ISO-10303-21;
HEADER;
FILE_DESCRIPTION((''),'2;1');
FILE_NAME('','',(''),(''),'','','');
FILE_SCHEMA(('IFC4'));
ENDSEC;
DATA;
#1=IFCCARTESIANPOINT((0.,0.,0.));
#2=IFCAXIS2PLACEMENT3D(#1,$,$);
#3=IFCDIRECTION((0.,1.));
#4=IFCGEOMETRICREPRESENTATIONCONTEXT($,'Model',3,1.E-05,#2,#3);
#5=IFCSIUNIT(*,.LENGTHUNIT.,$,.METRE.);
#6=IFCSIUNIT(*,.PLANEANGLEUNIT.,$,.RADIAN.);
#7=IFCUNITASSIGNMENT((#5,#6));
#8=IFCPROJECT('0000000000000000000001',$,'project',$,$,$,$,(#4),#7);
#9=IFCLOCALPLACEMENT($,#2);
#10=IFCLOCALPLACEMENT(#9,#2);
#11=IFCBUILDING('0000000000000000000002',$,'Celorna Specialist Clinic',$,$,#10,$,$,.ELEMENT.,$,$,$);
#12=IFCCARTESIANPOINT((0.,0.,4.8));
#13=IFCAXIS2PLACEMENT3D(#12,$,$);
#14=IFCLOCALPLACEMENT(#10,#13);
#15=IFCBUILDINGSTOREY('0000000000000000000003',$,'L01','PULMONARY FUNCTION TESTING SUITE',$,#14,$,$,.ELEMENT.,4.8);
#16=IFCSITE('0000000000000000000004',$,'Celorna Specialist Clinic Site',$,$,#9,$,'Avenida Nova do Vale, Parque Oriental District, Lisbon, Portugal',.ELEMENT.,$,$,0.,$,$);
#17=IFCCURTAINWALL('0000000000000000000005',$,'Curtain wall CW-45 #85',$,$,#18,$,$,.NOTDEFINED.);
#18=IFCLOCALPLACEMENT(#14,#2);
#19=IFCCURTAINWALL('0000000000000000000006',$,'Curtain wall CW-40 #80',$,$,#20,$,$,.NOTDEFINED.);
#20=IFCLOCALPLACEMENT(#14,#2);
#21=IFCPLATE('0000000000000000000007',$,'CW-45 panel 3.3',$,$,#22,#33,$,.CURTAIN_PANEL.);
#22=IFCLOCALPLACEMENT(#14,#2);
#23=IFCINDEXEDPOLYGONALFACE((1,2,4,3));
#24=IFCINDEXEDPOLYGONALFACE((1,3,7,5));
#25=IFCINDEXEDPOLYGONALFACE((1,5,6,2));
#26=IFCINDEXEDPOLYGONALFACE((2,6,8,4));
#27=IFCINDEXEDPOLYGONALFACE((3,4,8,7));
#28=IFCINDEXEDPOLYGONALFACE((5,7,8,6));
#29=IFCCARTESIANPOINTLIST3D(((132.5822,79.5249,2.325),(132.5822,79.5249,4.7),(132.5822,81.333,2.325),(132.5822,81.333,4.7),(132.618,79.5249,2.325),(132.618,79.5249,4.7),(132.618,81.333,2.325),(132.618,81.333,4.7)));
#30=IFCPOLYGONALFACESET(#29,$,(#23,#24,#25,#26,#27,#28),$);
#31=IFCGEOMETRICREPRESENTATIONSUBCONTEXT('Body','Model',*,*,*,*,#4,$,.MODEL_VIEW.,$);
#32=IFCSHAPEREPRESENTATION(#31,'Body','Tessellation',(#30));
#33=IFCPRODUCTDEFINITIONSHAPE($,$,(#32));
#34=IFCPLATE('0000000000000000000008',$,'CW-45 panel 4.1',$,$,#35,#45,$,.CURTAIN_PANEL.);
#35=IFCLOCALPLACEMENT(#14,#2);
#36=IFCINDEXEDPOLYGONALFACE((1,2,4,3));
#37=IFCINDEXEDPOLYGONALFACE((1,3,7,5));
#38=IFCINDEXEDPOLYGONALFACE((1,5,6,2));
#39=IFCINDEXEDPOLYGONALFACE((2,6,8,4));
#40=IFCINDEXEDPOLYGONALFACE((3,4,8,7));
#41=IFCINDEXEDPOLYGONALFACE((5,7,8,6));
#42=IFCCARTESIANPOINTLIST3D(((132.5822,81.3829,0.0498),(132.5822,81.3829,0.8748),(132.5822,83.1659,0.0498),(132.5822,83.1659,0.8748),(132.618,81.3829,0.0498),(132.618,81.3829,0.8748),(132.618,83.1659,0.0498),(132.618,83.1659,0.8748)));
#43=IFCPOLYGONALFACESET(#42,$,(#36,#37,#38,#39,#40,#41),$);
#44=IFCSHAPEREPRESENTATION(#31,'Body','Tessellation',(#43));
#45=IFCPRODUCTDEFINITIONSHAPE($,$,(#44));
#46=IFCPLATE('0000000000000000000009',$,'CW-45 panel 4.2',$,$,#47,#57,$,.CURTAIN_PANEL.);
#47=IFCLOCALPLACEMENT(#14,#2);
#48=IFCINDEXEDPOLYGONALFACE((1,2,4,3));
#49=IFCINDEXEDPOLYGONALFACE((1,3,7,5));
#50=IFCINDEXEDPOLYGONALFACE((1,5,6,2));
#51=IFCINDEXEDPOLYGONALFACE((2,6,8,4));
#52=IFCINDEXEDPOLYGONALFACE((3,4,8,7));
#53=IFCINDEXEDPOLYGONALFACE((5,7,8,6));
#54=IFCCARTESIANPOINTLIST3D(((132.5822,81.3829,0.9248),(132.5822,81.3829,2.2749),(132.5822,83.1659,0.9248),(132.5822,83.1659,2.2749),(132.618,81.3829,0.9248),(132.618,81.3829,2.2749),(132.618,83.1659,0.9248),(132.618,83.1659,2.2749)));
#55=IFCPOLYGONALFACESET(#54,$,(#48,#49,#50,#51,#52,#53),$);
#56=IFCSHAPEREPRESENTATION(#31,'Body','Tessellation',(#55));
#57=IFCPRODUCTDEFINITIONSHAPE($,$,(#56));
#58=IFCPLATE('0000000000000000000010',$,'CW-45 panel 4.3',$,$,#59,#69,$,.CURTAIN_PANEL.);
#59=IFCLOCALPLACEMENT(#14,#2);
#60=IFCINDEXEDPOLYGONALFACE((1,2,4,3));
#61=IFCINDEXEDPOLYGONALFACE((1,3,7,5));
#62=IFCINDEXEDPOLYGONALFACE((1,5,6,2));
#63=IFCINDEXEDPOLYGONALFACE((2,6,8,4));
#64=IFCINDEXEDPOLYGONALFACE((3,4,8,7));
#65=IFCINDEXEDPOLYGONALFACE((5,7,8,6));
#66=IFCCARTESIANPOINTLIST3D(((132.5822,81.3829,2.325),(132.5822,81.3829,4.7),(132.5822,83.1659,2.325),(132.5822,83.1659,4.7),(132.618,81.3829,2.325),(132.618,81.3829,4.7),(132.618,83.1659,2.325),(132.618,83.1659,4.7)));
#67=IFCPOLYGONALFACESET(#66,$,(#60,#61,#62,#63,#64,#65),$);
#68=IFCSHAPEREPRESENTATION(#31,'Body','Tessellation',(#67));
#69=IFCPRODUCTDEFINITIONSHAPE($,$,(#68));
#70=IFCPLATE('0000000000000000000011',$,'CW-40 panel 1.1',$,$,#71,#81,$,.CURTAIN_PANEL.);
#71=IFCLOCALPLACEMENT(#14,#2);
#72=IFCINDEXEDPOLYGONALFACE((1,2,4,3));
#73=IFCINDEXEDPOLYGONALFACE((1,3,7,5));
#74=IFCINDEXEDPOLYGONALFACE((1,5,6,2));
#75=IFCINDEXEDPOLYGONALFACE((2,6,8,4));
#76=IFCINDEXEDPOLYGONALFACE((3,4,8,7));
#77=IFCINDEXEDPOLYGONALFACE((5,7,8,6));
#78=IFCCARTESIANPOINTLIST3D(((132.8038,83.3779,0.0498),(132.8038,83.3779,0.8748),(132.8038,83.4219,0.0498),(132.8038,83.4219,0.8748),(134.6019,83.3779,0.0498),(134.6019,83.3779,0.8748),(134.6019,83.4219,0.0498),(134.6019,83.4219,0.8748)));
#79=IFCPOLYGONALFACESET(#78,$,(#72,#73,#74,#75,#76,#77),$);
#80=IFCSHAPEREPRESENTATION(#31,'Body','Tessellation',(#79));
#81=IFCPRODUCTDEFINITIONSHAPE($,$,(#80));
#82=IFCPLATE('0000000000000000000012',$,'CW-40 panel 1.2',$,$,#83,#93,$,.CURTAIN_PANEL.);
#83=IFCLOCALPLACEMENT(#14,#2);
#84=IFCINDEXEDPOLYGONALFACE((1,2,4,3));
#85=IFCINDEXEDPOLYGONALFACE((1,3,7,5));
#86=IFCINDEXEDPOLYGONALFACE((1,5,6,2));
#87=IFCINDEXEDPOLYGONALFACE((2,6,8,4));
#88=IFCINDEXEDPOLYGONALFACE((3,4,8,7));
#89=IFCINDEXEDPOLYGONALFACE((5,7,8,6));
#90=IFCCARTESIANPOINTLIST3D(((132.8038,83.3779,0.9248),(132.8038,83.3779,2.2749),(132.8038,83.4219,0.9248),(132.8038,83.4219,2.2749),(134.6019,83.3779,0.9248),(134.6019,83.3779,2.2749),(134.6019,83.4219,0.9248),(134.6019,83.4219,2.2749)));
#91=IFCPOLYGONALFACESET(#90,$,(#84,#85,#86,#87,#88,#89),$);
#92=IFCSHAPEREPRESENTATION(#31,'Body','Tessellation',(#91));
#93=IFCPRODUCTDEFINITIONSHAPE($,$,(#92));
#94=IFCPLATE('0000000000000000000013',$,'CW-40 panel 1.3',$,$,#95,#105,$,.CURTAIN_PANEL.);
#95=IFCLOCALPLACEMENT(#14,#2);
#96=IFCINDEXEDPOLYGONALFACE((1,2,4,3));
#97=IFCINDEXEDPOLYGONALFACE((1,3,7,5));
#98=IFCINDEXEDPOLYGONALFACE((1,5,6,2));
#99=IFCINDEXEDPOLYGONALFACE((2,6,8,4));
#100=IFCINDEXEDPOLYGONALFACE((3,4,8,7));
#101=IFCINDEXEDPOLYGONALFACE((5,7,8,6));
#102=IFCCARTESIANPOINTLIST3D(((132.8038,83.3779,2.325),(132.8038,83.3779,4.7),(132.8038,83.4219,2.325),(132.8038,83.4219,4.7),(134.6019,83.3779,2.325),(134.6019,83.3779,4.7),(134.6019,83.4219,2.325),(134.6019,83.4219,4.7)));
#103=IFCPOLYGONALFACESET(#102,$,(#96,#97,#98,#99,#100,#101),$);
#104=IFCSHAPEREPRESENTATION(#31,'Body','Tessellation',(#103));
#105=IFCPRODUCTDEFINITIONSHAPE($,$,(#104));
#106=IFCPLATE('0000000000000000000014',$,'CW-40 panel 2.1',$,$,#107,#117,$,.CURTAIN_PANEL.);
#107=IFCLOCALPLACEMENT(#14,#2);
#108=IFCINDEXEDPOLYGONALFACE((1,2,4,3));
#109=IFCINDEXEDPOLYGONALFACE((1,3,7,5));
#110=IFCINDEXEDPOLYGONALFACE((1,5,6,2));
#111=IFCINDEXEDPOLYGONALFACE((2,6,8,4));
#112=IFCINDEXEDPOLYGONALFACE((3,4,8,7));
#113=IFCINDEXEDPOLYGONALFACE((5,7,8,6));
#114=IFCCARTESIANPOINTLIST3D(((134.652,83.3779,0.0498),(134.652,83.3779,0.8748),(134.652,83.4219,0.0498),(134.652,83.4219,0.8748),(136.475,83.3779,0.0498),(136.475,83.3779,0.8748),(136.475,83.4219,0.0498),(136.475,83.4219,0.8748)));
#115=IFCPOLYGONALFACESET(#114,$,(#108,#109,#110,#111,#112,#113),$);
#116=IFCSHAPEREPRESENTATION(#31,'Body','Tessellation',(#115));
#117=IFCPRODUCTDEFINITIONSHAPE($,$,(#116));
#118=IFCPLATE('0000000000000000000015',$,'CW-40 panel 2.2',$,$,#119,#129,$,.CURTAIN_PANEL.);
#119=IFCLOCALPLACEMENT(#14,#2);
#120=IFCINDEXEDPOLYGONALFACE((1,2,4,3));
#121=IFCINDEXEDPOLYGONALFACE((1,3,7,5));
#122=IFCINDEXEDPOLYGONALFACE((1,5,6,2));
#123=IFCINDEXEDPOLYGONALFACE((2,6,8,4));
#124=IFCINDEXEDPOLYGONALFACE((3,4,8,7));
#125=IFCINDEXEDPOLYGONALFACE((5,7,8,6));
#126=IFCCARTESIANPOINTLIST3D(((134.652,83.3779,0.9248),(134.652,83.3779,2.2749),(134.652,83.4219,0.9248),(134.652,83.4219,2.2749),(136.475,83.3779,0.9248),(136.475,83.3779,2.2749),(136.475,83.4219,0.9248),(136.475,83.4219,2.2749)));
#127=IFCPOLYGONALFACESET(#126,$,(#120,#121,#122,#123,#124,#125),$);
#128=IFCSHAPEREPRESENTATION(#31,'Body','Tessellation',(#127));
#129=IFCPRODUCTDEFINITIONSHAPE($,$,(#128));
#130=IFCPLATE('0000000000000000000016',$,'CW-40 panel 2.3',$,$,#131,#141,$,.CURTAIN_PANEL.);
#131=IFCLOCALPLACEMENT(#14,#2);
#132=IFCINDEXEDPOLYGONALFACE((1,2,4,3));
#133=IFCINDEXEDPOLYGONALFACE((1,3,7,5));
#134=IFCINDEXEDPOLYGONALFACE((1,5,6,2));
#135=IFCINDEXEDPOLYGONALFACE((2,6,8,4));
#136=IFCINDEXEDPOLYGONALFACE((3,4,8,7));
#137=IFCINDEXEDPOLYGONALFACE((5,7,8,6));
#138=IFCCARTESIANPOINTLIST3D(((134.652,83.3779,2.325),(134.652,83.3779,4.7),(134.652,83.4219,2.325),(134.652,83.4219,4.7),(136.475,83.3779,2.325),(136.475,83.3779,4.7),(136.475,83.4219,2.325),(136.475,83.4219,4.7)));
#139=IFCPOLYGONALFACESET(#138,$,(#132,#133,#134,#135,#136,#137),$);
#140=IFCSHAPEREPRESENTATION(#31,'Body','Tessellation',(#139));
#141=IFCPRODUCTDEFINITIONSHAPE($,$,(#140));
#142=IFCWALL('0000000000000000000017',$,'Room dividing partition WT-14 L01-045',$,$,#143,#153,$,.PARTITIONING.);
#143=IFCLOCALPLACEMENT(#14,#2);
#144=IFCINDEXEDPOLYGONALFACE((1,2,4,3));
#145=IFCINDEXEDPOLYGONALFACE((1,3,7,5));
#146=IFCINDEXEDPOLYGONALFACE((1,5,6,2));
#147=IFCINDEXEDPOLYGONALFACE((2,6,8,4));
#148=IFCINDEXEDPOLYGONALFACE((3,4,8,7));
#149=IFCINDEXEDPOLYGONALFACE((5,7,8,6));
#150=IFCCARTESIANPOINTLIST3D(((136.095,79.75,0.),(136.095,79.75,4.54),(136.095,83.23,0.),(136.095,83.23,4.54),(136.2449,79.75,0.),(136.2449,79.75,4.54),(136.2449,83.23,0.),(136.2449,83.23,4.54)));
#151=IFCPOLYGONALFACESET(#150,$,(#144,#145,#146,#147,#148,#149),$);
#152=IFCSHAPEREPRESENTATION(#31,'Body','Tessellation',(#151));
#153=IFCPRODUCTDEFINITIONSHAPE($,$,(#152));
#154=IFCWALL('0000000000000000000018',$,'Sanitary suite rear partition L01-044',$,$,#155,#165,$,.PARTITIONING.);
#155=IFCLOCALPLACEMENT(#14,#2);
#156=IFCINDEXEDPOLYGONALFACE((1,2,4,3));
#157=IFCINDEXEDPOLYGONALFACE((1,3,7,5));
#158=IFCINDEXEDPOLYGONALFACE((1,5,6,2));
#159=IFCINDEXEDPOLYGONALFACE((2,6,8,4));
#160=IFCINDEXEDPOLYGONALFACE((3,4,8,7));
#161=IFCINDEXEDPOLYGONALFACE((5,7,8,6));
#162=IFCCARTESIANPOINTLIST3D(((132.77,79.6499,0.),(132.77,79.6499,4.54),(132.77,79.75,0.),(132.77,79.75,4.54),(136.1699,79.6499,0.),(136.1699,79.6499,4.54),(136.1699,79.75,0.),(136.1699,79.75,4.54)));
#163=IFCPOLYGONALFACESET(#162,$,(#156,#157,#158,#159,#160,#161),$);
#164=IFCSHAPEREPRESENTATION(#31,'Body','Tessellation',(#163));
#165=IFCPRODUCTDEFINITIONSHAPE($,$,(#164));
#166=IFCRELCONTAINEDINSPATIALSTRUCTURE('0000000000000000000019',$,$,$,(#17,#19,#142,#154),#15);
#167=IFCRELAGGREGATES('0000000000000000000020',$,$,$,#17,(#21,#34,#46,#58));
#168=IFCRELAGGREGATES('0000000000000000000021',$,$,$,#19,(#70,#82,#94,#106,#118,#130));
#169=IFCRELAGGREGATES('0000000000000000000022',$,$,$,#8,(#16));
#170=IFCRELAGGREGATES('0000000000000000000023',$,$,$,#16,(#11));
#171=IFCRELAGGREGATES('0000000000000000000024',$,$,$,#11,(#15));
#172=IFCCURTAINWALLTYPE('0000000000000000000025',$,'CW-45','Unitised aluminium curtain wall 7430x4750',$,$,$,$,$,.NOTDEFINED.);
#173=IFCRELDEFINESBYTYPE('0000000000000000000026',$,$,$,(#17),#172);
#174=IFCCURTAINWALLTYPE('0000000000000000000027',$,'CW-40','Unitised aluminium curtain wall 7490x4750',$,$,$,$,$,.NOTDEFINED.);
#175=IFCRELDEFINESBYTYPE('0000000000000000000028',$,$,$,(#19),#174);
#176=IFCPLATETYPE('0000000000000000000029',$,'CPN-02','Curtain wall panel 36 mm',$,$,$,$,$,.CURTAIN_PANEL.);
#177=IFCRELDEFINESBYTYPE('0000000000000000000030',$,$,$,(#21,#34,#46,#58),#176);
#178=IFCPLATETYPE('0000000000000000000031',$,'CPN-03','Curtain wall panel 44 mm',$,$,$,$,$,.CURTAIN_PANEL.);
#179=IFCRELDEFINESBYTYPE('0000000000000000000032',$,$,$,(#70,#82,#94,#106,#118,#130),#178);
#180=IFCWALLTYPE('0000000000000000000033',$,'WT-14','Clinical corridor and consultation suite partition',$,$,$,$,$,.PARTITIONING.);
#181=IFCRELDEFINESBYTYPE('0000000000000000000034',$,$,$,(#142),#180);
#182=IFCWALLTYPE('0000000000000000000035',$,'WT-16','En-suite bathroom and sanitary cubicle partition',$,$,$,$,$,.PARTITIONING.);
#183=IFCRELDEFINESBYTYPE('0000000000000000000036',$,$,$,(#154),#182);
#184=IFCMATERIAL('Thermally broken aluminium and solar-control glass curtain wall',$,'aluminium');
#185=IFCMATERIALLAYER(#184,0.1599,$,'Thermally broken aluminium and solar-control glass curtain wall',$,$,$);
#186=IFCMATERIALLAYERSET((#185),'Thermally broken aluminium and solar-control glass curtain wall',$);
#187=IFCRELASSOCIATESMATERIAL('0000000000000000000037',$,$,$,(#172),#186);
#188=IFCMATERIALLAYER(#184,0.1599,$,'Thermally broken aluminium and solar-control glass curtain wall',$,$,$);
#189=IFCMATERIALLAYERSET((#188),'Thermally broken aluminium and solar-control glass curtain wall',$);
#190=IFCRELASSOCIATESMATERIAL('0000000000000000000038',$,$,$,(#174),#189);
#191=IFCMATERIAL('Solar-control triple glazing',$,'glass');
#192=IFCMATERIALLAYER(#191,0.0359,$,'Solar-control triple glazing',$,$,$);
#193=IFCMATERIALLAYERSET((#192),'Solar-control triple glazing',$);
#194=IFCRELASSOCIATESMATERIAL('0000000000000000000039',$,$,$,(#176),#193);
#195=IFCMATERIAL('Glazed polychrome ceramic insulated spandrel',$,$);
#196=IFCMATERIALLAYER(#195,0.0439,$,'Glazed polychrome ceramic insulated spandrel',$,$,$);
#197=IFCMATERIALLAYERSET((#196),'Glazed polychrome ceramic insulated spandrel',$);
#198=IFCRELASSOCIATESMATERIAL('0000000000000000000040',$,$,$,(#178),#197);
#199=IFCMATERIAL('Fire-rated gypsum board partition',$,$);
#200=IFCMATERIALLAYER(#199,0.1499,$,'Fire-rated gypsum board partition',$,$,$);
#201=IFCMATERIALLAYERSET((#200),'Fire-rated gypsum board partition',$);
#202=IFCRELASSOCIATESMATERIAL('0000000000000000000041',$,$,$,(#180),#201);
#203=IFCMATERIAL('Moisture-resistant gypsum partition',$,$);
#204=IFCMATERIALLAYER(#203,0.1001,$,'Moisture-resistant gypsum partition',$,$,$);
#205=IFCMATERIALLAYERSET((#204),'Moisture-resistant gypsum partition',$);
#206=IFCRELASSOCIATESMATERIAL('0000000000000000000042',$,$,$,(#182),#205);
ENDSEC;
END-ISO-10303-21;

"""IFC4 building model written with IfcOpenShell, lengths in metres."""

from ifc_helpers import new_model, si_unit, direction, frame, frame_2d, origin, origin_2d, place, context, subcontext, project, spatial, rectangle, extrude, material, layer, layer_set, type_object, element, aggregate, save


model = new_model("IFC4")

# Units and contexts
model_context = context("Model", 3, precision=1e-05, world=origin(), true_north=direction((0.0, 1.0)))
body_context = subcontext(model_context, "Body", "Model", "MODEL_VIEW")
ifc_project = project(units=[si_unit("LENGTHUNIT", "METRE"), si_unit("PLANEANGLEUNIT", "RADIAN")], contexts=[model_context])

# Site, building, storey
site_placement = place(None, origin())
site = spatial("IfcSite", under=ifc_project, at=site_placement, Name="Celorna Specialist Clinic Site", LongName="Avenida Nova do Vale, Parque Oriental District, Lisbon, Portugal", CompositionType="ELEMENT", RefElevation=0.0)
building_placement = place(site_placement, origin())
building = spatial("IfcBuilding", under=site, at=building_placement, Name="Celorna Specialist Clinic", CompositionType="ELEMENT")
storey_placement = place(building_placement, frame((0.0, 0.0, 4.8)))
storey = spatial("IfcBuildingStorey", under=building, at=storey_placement, Name="L01", Description="PULMONARY FUNCTION TESTING SUITE", CompositionType="ELEMENT", Elevation=4.8)

# Curtain walls
ifc_material_1 = material(Name="Thermally broken aluminium and solar-control glass curtain wall", Category="aluminium")
ifc_layer_1 = layer(ifc_material_1, 0.1599, Name="Thermally broken aluminium and solar-control glass curtain wall")
ifc_layer_set_1 = layer_set([ifc_layer_1], Name="Thermally broken aluminium and solar-control glass curtain wall")
curtain_wall_type_1 = type_object("IfcCurtainWallType", Name="CW-45", Description="Unitised aluminium curtain wall 7430x4750", PredefinedType="NOTDEFINED", material=ifc_layer_set_1)
curtain_wall_1_placement = place(storey_placement, origin())
curtain_wall_1 = element("IfcCurtainWall", 1, at=curtain_wall_1_placement, inside=storey, type_object=curtain_wall_type_1, Name="Curtain wall CW-45 #85", PredefinedType="NOTDEFINED")
ifc_layer_2 = layer(ifc_material_1, 0.1599, Name="Thermally broken aluminium and solar-control glass curtain wall")
ifc_layer_set_2 = layer_set([ifc_layer_2], Name="Thermally broken aluminium and solar-control glass curtain wall")
curtain_wall_type_2 = type_object("IfcCurtainWallType", Name="CW-40", Description="Unitised aluminium curtain wall 7490x4750", PredefinedType="NOTDEFINED", material=ifc_layer_set_2)
curtain_wall_2_placement = place(storey_placement, origin())
curtain_wall_2 = element("IfcCurtainWall", 2, at=curtain_wall_2_placement, inside=storey, type_object=curtain_wall_type_2, Name="Curtain wall CW-40 #80", PredefinedType="NOTDEFINED")

# Plates
ifc_material_2 = material(Name="Solar-control triple glazing", Category="glass")
ifc_layer_3 = layer(ifc_material_2, 0.0359, Name="Solar-control triple glazing")
ifc_layer_set_3 = layer_set([ifc_layer_3], Name="Solar-control triple glazing")
plate_type_1 = type_object("IfcPlateType", Name="CPN-02", Description="Curtain wall panel 36 mm", PredefinedType="CURTAIN_PANEL", material=ifc_layer_set_3)
plate_1_placement = place(storey_placement, frame((132.6001, 80.429, 2.325), z_axis=(0.0, 0.0, 1.0), x_axis=(0.0, 1.0, 0.0)))
plate_1 = element("IfcPlate", 3, at=plate_1_placement, type_object=plate_type_1, Name="CW-45 panel 3.3", PredefinedType="CURTAIN_PANEL", context=body_context, shape_type="SweptSolid", body=[
    extrude(rectangle(XDim=1.8081, YDim=0.0359, at=origin_2d()), origin(), (0.0, 0.0, 1.0), 2.375),
])
plate_2_placement = place(storey_placement, frame((132.6001, 82.2744, 0.0498), z_axis=(0.0, 0.0, 1.0), x_axis=(0.0, 1.0, 0.0)))
plate_2 = element("IfcPlate", 4, at=plate_2_placement, type_object=plate_type_1, Name="CW-45 panel 4.1", PredefinedType="CURTAIN_PANEL", context=body_context, shape_type="SweptSolid", body=[
    extrude(rectangle(XDim=1.783, YDim=0.0359, at=origin_2d()), origin(), (0.0, 0.0, 1.0), 0.825),
])
plate_3_placement = place(storey_placement, frame((132.6001, 82.2744, 0.9248), z_axis=(0.0, 0.0, 1.0), x_axis=(0.0, 1.0, 0.0)))
plate_3 = element("IfcPlate", 5, at=plate_3_placement, type_object=plate_type_1, Name="CW-45 panel 4.2", PredefinedType="CURTAIN_PANEL", context=body_context, shape_type="SweptSolid", body=[
    extrude(rectangle(XDim=1.783, YDim=0.0359, at=origin_2d()), origin(), (0.0, 0.0, 1.0), 1.3501),
])
plate_4_placement = place(storey_placement, frame((132.6001, 82.2744, 2.325), z_axis=(0.0, 0.0, 1.0), x_axis=(0.0, 1.0, 0.0)))
plate_4 = element("IfcPlate", 6, at=plate_4_placement, type_object=plate_type_1, Name="CW-45 panel 4.3", PredefinedType="CURTAIN_PANEL", context=body_context, shape_type="SweptSolid", body=[
    extrude(rectangle(XDim=1.783, YDim=0.0359, at=origin_2d()), origin(), (0.0, 0.0, 1.0), 2.375),
])
aggregate(curtain_wall_1, [plate_1, plate_2, plate_3, plate_4])
ifc_material_3 = material(Name="Glazed polychrome ceramic insulated spandrel")
ifc_layer_4 = layer(ifc_material_3, 0.0439, Name="Glazed polychrome ceramic insulated spandrel")
ifc_layer_set_4 = layer_set([ifc_layer_4], Name="Glazed polychrome ceramic insulated spandrel")
plate_type_2 = type_object("IfcPlateType", Name="CPN-03", Description="Curtain wall panel 44 mm", PredefinedType="CURTAIN_PANEL", material=ifc_layer_set_4)
plate_5_placement = place(storey_placement, frame((133.7029, 83.3999, 0.0498), z_axis=(0.0, 0.0, 1.0), x_axis=(1.0, 0.0, 0.0)))
plate_5 = element("IfcPlate", 7, at=plate_5_placement, type_object=plate_type_2, Name="CW-40 panel 1.1", PredefinedType="CURTAIN_PANEL", context=body_context, shape_type="SweptSolid", body=[
    extrude(rectangle(XDim=1.7981, YDim=0.0439, at=origin_2d()), origin(), (0.0, 0.0, 1.0), 0.825),
])
plate_6_placement = place(storey_placement, frame((133.7029, 83.3999, 0.9248), z_axis=(0.0, 0.0, 1.0), x_axis=(1.0, 0.0, 0.0)))
plate_6 = element("IfcPlate", 8, at=plate_6_placement, type_object=plate_type_2, Name="CW-40 panel 1.2", PredefinedType="CURTAIN_PANEL", context=body_context, shape_type="SweptSolid", body=[
    extrude(rectangle(XDim=1.7981, YDim=0.0439, at=origin_2d()), origin(), (0.0, 0.0, 1.0), 1.3501),
])
plate_7_placement = place(storey_placement, frame((133.7029, 83.3999, 2.325), z_axis=(0.0, 0.0, 1.0), x_axis=(1.0, 0.0, 0.0)))
plate_7 = element("IfcPlate", 9, at=plate_7_placement, type_object=plate_type_2, Name="CW-40 panel 1.3", PredefinedType="CURTAIN_PANEL", context=body_context, shape_type="SweptSolid", body=[
    extrude(rectangle(XDim=1.7981, YDim=0.0439, at=origin_2d()), origin(), (0.0, 0.0, 1.0), 2.375),
])
plate_8_placement = place(storey_placement, frame((135.5635, 83.3999, 0.0498), z_axis=(0.0, 0.0, 1.0), x_axis=(1.0, 0.0, 0.0)))
plate_8 = element("IfcPlate", 10, at=plate_8_placement, type_object=plate_type_2, Name="CW-40 panel 2.1", PredefinedType="CURTAIN_PANEL", context=body_context, shape_type="SweptSolid", body=[
    extrude(rectangle(XDim=1.823, YDim=0.0439, at=origin_2d()), origin(), (0.0, 0.0, 1.0), 0.825),
])
plate_9_placement = place(storey_placement, frame((135.5635, 83.3999, 0.9248), z_axis=(0.0, 0.0, 1.0), x_axis=(1.0, 0.0, 0.0)))
plate_9 = element("IfcPlate", 11, at=plate_9_placement, type_object=plate_type_2, Name="CW-40 panel 2.2", PredefinedType="CURTAIN_PANEL", context=body_context, shape_type="SweptSolid", body=[
    extrude(rectangle(XDim=1.823, YDim=0.0439, at=origin_2d()), origin(), (0.0, 0.0, 1.0), 1.3501),
])
plate_10_placement = place(storey_placement, frame((135.5635, 83.3999, 2.325), z_axis=(0.0, 0.0, 1.0), x_axis=(1.0, 0.0, 0.0)))
plate_10 = element("IfcPlate", 12, at=plate_10_placement, type_object=plate_type_2, Name="CW-40 panel 2.3", PredefinedType="CURTAIN_PANEL", context=body_context, shape_type="SweptSolid", body=[
    extrude(rectangle(XDim=1.823, YDim=0.0439, at=origin_2d()), origin(), (0.0, 0.0, 1.0), 2.375),
])
aggregate(curtain_wall_2, [plate_5, plate_6, plate_7, plate_8, plate_9, plate_10])

# Walls
ifc_material_4 = material(Name="Fire-rated gypsum board partition")
ifc_layer_5 = layer(ifc_material_4, 0.1499, Name="Fire-rated gypsum board partition")
ifc_layer_set_5 = layer_set([ifc_layer_5], Name="Fire-rated gypsum board partition")
wall_type_1 = type_object("IfcWallType", Name="WT-14", Description="Clinical corridor and consultation suite partition", PredefinedType="PARTITIONING", material=ifc_layer_set_5)
wall_1_placement = place(storey_placement, frame((136.1699, 79.75, 0.0), z_axis=(0.0, 0.0, 1.0), x_axis=(0.0, 1.0, 0.0)))
element("IfcWall", 13, at=wall_1_placement, inside=storey, type_object=wall_type_1, Name="Room dividing partition WT-14 L01-045", PredefinedType="PARTITIONING", context=body_context, shape_type="SweptSolid", body=[
    extrude(rectangle(XDim=3.48, YDim=0.1499, at=frame_2d((1.74, 0.0))), origin(), (0.0, 0.0, 1.0), 4.54),
])
ifc_material_5 = material(Name="Moisture-resistant gypsum partition")
ifc_layer_6 = layer(ifc_material_5, 0.1001, Name="Moisture-resistant gypsum partition")
ifc_layer_set_6 = layer_set([ifc_layer_6], Name="Moisture-resistant gypsum partition")
wall_type_2 = type_object("IfcWallType", Name="WT-16", Description="En-suite bathroom and sanitary cubicle partition", PredefinedType="PARTITIONING", material=ifc_layer_set_6)
wall_2_placement = place(storey_placement, frame((132.77, 79.7, 0.0), z_axis=(0.0, 0.0, 1.0), x_axis=(1.0, 0.0, 0.0)))
element("IfcWall", 14, at=wall_2_placement, inside=storey, type_object=wall_type_2, Name="Sanitary suite rear partition L01-044", PredefinedType="PARTITIONING", context=body_context, shape_type="SweptSolid", body=[
    extrude(rectangle(XDim=3.3999, YDim=0.1001, at=frame_2d((1.7, 0.0))), origin(), (0.0, 0.0, 1.0), 4.54),
])

save(model, "model.ifc")
